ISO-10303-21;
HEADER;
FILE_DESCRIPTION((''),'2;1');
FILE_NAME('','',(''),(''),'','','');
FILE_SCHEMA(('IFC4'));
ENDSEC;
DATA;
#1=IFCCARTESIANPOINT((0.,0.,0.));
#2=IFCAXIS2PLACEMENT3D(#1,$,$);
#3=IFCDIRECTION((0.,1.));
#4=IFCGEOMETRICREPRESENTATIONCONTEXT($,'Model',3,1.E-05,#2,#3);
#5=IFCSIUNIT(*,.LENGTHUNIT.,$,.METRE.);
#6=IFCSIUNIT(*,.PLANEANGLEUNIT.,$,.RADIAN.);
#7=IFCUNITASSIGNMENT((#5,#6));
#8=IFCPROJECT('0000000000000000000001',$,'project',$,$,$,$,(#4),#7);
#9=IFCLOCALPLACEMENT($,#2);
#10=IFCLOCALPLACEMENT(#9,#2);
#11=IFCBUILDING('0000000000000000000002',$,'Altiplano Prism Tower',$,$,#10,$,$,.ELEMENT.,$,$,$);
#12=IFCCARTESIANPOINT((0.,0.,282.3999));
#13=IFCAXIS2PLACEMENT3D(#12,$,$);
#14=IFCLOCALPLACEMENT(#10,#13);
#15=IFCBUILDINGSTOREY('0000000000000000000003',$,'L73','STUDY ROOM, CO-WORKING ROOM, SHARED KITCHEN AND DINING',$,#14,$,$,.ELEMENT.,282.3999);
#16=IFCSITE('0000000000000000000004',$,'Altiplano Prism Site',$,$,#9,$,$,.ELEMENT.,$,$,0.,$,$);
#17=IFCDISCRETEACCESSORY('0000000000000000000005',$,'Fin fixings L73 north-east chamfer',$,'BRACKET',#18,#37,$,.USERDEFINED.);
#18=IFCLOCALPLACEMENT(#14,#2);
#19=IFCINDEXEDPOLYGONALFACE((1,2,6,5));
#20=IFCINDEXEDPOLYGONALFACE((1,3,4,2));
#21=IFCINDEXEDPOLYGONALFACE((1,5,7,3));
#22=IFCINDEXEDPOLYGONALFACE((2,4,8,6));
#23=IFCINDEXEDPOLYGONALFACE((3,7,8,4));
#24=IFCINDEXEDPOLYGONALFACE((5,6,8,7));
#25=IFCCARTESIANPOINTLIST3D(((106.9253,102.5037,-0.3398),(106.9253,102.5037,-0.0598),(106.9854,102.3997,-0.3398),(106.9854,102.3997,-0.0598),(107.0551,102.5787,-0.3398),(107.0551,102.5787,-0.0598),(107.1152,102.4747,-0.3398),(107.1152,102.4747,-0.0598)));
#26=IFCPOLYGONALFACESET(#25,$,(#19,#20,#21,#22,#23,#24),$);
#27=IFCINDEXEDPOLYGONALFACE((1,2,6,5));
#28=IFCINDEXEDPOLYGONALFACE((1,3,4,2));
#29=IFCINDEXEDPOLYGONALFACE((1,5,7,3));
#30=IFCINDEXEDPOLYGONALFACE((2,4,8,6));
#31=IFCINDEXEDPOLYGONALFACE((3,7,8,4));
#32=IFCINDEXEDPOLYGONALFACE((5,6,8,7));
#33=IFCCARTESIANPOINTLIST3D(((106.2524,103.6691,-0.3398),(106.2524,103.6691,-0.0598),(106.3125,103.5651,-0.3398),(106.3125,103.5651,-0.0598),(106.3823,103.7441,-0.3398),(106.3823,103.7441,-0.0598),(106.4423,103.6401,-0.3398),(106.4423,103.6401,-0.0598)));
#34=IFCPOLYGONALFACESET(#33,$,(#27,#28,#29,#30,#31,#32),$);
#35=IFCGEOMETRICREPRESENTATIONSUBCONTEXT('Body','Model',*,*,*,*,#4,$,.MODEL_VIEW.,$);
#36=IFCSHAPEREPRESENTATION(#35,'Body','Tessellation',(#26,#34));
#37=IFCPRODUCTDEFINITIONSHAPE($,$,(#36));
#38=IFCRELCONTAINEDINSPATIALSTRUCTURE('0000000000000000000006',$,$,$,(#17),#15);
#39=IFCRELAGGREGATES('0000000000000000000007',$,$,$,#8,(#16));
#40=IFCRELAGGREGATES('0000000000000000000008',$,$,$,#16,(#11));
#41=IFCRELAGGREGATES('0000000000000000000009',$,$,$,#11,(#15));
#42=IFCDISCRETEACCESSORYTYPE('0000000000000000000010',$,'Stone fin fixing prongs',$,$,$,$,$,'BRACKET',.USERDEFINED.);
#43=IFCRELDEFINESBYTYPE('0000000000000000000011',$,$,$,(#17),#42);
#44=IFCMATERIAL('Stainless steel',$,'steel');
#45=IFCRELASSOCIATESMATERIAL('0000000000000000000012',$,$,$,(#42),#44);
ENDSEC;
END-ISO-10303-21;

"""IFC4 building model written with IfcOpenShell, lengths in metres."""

from ifc_helpers import new_model, si_unit, direction, frame, origin, place, context, subcontext, project, spatial, polyline, outline, extrude, source, transform, mapped, material, type_object, element, save


model = new_model("IFC4")

# Units and contexts
model_context = context("Model", 3, precision=1e-05, world=origin(), true_north=direction((0.0, 1.0)))
body_context = subcontext(model_context, "Body", "Model", "MODEL_VIEW")
ifc_project = project(units=[si_unit("LENGTHUNIT", "METRE"), si_unit("PLANEANGLEUNIT", "RADIAN")], contexts=[model_context])

# Site, building, storey
site_placement = place(None, origin())
site = spatial("IfcSite", under=ifc_project, at=site_placement, Name="Altiplano Prism Site", CompositionType="ELEMENT", RefElevation=0.0)
building_placement = place(site_placement, origin())
building = spatial("IfcBuilding", under=site, at=building_placement, Name="Altiplano Prism Tower", CompositionType="ELEMENT")
storey_placement = place(building_placement, frame((0.0, 0.0, 282.3999)))
storey = spatial("IfcBuildingStorey", under=building, at=storey_placement, Name="L73", Description="STUDY ROOM, CO-WORKING ROOM, SHARED KITCHEN AND DINING", CompositionType="ELEMENT", Elevation=282.3999)

# Discrete accessory
ifc_material_1 = material(Name="Stainless steel", Category="steel")
discrete_accessory_type = type_object("IfcDiscreteAccessoryType", Name="Stone fin fixing prongs", ElementType="BRACKET", PredefinedType="USERDEFINED", material=ifc_material_1)
shared_shape_1 = source(origin(), body_context, "Body", "SweptSolid", [
    extrude(outline(polyline([(-0.7329, 0.0601), (-0.6128, 0.0601), (-0.6128, 0.3401), (-0.7329, 0.3401), (-0.7329, 0.0601)])), frame((0.0, 0.0, 0.0), z_axis=(0.0, -1.0, 0.0), x_axis=(1.0, 0.0, 0.0)), (0.0, 0.0, 1.0), 0.1499),
    extrude(outline(polyline([(0.6128, 0.0601), (0.7329, 0.0601), (0.7329, 0.3401), (0.6128, 0.3401), (0.6128, 0.0601)])), frame((0.0, 0.0, 0.0), z_axis=(0.0, -1.0, 0.0), x_axis=(1.0, 0.0, 0.0)), (0.0, 0.0, 1.0), 0.1499),
])
discrete_accessory_1_placement = place(storey_placement, origin())
element("IfcDiscreteAccessory", 1, at=discrete_accessory_1_placement, inside=storey, type_object=discrete_accessory_type, Name="Fin fixings L73 north-east chamfer", ObjectType="BRACKET", PredefinedType="USERDEFINED", context=body_context, shape_type="MappedRepresentation", body=[
    mapped(shared_shape_1, transform((106.6189, 103.0344, -0.3999), x_axis=(-0.5, 0.866025, 0.0), y_axis=(-0.866025, -0.5, 0.0), z_axis=(0.0, 0.0, 1.0))),
])

save(model, "model.ifc")
